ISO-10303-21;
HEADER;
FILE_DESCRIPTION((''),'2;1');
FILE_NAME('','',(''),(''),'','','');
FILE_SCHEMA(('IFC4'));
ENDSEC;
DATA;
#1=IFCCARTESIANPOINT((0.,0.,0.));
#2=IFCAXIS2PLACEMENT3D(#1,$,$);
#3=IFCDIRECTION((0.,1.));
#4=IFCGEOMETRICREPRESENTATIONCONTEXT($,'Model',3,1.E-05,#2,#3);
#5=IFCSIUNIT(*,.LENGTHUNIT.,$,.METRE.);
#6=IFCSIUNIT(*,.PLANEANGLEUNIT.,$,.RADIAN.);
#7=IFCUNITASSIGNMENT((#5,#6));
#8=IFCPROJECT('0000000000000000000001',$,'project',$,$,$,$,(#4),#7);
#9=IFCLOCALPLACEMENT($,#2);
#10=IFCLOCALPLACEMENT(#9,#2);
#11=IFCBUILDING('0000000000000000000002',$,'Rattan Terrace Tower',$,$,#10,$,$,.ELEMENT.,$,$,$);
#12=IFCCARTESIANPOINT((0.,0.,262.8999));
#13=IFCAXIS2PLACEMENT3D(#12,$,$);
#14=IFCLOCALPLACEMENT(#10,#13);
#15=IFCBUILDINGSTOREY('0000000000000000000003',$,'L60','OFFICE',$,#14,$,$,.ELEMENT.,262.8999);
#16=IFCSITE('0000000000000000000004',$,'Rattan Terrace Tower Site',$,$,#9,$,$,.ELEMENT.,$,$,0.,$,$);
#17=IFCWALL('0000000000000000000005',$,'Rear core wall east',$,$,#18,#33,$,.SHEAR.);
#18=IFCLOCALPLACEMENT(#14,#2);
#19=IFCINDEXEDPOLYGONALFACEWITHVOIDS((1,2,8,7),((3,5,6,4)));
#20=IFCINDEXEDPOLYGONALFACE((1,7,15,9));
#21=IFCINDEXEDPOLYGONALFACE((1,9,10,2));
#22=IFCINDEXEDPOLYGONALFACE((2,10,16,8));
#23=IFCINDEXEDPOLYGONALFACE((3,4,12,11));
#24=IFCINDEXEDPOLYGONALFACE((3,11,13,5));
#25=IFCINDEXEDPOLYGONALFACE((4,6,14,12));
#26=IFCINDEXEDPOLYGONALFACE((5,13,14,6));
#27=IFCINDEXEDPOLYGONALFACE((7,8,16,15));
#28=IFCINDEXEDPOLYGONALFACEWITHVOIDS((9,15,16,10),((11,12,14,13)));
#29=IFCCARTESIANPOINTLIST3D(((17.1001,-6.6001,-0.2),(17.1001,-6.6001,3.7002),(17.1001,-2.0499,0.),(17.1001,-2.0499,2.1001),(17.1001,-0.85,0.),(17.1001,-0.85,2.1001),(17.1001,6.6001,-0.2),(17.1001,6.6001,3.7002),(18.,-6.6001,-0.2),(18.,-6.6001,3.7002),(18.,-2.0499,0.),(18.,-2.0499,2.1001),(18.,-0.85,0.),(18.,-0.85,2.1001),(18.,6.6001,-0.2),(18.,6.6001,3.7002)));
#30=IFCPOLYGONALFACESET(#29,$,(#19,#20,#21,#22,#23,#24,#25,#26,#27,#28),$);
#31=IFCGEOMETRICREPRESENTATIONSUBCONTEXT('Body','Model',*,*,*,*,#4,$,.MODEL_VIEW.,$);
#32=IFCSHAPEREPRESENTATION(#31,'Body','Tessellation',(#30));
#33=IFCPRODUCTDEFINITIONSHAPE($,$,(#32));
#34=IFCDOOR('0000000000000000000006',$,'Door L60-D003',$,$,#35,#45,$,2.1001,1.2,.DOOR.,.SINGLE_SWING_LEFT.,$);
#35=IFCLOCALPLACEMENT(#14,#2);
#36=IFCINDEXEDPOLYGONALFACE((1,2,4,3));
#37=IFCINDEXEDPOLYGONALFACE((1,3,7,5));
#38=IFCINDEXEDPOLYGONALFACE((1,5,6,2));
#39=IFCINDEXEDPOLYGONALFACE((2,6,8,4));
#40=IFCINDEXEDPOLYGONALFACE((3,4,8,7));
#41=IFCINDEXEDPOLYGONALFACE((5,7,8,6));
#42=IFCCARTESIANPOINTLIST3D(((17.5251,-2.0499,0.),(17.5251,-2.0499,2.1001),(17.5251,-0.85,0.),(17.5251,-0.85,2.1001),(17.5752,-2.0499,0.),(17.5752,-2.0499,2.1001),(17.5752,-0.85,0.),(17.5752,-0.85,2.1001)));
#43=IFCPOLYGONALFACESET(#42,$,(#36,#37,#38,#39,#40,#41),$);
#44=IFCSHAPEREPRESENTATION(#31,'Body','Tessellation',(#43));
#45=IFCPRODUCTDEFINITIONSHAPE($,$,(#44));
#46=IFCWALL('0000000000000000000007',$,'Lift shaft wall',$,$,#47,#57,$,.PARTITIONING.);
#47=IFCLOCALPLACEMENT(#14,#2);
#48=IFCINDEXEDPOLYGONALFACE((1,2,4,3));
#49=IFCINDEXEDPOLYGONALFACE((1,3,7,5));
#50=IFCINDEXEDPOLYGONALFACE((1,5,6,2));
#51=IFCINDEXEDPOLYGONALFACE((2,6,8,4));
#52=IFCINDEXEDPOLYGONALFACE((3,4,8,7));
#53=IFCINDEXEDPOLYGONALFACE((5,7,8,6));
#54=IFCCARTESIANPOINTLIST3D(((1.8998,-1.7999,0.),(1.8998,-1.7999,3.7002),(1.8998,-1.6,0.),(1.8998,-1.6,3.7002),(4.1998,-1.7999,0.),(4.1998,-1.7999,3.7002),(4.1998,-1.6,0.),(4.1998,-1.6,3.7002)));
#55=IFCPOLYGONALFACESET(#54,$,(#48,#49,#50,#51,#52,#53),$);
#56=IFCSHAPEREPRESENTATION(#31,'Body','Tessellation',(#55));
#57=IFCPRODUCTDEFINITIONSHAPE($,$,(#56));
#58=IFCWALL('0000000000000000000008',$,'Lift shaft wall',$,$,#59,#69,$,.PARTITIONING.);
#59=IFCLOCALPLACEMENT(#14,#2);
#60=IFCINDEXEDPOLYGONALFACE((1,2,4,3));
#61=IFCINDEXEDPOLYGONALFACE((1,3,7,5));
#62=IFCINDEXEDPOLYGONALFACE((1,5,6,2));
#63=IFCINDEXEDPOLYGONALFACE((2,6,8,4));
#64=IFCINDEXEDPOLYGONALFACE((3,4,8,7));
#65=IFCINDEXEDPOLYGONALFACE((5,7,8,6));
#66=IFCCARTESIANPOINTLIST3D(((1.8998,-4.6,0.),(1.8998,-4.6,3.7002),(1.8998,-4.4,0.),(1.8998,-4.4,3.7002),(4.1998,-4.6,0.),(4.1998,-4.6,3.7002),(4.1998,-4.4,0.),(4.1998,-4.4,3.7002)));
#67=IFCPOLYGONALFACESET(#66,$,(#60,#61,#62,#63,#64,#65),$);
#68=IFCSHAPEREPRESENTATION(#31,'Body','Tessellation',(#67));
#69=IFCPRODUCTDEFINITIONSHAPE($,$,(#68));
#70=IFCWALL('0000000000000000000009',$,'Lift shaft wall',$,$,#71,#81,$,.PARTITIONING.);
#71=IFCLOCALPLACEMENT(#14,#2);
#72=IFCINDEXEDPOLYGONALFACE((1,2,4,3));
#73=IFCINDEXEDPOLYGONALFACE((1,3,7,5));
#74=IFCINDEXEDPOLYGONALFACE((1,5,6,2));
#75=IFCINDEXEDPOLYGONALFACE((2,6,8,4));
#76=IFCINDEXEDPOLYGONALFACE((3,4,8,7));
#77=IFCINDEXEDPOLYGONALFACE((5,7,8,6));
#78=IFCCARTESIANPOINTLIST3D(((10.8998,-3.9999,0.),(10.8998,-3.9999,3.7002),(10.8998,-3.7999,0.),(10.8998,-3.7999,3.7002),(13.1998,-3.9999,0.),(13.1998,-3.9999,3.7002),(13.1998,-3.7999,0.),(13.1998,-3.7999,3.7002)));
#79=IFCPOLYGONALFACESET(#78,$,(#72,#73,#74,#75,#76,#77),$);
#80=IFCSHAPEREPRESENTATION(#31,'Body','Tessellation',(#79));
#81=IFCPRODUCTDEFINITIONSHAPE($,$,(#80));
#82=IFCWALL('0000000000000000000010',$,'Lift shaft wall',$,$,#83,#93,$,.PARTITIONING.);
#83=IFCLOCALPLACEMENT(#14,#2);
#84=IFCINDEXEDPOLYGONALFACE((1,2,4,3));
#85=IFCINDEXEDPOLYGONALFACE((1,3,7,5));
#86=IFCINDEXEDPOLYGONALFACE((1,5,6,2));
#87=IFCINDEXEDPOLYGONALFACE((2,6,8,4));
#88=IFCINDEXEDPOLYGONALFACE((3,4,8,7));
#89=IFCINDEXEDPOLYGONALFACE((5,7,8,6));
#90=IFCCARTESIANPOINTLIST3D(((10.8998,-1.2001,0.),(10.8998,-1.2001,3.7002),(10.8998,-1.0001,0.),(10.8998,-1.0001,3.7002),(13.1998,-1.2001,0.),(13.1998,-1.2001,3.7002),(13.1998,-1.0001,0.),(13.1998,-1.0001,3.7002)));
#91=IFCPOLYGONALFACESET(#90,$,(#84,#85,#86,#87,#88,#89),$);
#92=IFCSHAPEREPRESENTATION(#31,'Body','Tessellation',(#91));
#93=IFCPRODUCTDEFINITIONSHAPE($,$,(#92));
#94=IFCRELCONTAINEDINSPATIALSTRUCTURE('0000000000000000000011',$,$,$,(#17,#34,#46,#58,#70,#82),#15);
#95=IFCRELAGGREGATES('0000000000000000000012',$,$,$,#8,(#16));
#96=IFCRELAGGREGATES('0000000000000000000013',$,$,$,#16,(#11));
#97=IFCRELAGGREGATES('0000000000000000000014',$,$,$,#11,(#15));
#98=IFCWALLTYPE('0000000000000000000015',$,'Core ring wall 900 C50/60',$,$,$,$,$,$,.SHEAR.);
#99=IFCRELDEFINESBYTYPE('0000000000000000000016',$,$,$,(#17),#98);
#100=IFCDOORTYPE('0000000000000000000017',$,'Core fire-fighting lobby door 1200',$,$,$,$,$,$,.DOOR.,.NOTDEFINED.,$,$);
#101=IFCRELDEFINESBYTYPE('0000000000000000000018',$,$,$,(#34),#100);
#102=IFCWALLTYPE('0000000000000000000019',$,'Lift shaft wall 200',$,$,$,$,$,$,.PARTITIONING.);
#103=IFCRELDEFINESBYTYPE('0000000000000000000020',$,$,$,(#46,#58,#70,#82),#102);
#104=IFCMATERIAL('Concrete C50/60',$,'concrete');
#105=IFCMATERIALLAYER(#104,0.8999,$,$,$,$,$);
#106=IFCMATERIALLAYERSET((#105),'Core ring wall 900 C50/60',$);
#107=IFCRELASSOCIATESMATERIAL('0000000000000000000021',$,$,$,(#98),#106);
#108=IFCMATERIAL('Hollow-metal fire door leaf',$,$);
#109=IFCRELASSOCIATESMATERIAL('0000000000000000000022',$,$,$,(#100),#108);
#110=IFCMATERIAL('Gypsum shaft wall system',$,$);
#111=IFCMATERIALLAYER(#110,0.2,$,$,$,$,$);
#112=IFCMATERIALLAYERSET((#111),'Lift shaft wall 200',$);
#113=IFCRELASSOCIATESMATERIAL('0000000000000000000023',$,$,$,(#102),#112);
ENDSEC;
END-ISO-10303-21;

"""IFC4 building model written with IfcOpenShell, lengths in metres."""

from ifc_helpers import new_model, si_unit, direction, frame, frame_2d, origin, place, context, subcontext, project, spatial, rectangle, extrude, material, layer, layer_set, type_object, element, fill, save


model = new_model("IFC4")

# Units and contexts
model_context = context("Model", 3, precision=1e-05, world=origin(), true_north=direction((0.0, 1.0)))
body_context = subcontext(model_context, "Body", "Model", "MODEL_VIEW")
ifc_project = project(units=[si_unit("LENGTHUNIT", "METRE"), si_unit("PLANEANGLEUNIT", "RADIAN")], contexts=[model_context])

# Site, building, storey
site_placement = place(None, origin())
site = spatial("IfcSite", under=ifc_project, at=site_placement, Name="Rattan Terrace Tower Site", CompositionType="ELEMENT", RefElevation=0.0)
building_placement = place(site_placement, origin())
building = spatial("IfcBuilding", under=site, at=building_placement, Name="Rattan Terrace Tower", CompositionType="ELEMENT")
storey_placement = place(building_placement, frame((0.0, 0.0, 262.8999)))
storey = spatial("IfcBuildingStorey", under=building, at=storey_placement, Name="L60", Description="OFFICE", CompositionType="ELEMENT", Elevation=262.8999)

# Wall, opening, door
ifc_material_1 = material(Name="Concrete C50/60", Category="concrete")
ifc_layer_1 = layer(ifc_material_1, 0.8999)
ifc_layer_set_1 = layer_set([ifc_layer_1], Name="Core ring wall 900 C50/60")
wall_type_1 = type_object("IfcWallType", Name="Core ring wall 900 C50/60", PredefinedType="SHEAR", material=ifc_layer_set_1)
wall_1_placement = place(storey_placement, frame((17.55, -6.6001, -0.2), z_axis=(0.0, 0.0, 1.0), x_axis=(0.0, 1.0, 0.0)))
wall_1 = element("IfcWall", 1, at=wall_1_placement, inside=storey, type_object=wall_type_1, Name="Rear core wall east", PredefinedType="SHEAR", context=body_context, shape_type="SweptSolid", body=[
    extrude(rectangle(XDim=13.2002, YDim=0.8999, at=frame_2d((6.6001, 0.0))), origin(), (0.0, 0.0, 1.0), 3.9001),
])
opening_1_placement = place(wall_1_placement, frame((4.55, 0.0, 0.2)))
opening_1 = element("IfcOpeningElement", 2, at=opening_1_placement, cuts=wall_1, PredefinedType="OPENING", context=body_context, shape_type="SweptSolid", body=[
    extrude(rectangle(XDim=1.2, YDim=2.1001, at=frame_2d((0.6001, 1.05))), frame((0.0, 0.4604, 0.0), z_axis=(0.0, -1.0, 0.0), x_axis=(1.0, 0.0, 0.0)), (0.0, 0.0, 1.0), 0.9209),
])
ifc_material_2 = material(Name="Hollow-metal fire door leaf")
door_type_1 = type_object("IfcDoorType", Name="Core fire-fighting lobby door 1200", OperationType="NOTDEFINED", PredefinedType="DOOR", material=ifc_material_2)
door_1_placement = place(opening_1_placement, origin())
door_1 = element("IfcDoor", 3, at=door_1_placement, inside=storey, type_object=door_type_1, Name="Door L60-D003", OperationType="SINGLE_SWING_LEFT", OverallHeight=2.1001, OverallWidth=1.2, PredefinedType="DOOR", context=body_context, shape_type="SweptSolid", body=[
    extrude(rectangle(XDim=1.2, YDim=2.1001, at=frame_2d((0.6001, 1.05))), frame((0.0, 0.0249, 0.0), z_axis=(0.0, -1.0, 0.0), x_axis=(1.0, 0.0, 0.0)), (0.0, 0.0, 1.0), 0.05),
])
fill(opening_1, door_1)

# Walls
ifc_material_3 = material(Name="Gypsum shaft wall system")
ifc_layer_2 = layer(ifc_material_3, 0.2)
ifc_layer_set_2 = layer_set([ifc_layer_2], Name="Lift shaft wall 200")
wall_type_2 = type_object("IfcWallType", Name="Lift shaft wall 200", PredefinedType="PARTITIONING", material=ifc_layer_set_2)
for number, where, z_axis, x_axis, name in (
    (4, (1.8999, -1.7, 0.0), (0.0, 0.0, 1.0), (1.0, 0.0, 0.0), "Lift shaft wall"),
    (5, (1.8999, -4.5, 0.0), (0.0, 0.0, 1.0), (1.0, 0.0, 0.0), "Lift shaft wall"),
    (6, (10.8999, -3.8999, 0.0), (0.0, 0.0, 1.0), (1.0, 0.0, 0.0), "Lift shaft wall"),
    (7, (10.8999, -1.1001, 0.0), (0.0, 0.0, 1.0), (1.0, 0.0, 0.0), "Lift shaft wall"),
):
    element("IfcWall", number, at=place(storey_placement, frame(where, z_axis=z_axis, x_axis=x_axis)), inside=storey, type_object=wall_type_2, Name=name, PredefinedType="PARTITIONING", context=body_context, shape_type="SweptSolid", body=[
        extrude(rectangle(XDim=2.3, YDim=0.2, at=frame_2d((1.1499, 0.0))), origin(), (0.0, 0.0, 1.0), 3.7002),
    ])

save(model, "model.ifc")
